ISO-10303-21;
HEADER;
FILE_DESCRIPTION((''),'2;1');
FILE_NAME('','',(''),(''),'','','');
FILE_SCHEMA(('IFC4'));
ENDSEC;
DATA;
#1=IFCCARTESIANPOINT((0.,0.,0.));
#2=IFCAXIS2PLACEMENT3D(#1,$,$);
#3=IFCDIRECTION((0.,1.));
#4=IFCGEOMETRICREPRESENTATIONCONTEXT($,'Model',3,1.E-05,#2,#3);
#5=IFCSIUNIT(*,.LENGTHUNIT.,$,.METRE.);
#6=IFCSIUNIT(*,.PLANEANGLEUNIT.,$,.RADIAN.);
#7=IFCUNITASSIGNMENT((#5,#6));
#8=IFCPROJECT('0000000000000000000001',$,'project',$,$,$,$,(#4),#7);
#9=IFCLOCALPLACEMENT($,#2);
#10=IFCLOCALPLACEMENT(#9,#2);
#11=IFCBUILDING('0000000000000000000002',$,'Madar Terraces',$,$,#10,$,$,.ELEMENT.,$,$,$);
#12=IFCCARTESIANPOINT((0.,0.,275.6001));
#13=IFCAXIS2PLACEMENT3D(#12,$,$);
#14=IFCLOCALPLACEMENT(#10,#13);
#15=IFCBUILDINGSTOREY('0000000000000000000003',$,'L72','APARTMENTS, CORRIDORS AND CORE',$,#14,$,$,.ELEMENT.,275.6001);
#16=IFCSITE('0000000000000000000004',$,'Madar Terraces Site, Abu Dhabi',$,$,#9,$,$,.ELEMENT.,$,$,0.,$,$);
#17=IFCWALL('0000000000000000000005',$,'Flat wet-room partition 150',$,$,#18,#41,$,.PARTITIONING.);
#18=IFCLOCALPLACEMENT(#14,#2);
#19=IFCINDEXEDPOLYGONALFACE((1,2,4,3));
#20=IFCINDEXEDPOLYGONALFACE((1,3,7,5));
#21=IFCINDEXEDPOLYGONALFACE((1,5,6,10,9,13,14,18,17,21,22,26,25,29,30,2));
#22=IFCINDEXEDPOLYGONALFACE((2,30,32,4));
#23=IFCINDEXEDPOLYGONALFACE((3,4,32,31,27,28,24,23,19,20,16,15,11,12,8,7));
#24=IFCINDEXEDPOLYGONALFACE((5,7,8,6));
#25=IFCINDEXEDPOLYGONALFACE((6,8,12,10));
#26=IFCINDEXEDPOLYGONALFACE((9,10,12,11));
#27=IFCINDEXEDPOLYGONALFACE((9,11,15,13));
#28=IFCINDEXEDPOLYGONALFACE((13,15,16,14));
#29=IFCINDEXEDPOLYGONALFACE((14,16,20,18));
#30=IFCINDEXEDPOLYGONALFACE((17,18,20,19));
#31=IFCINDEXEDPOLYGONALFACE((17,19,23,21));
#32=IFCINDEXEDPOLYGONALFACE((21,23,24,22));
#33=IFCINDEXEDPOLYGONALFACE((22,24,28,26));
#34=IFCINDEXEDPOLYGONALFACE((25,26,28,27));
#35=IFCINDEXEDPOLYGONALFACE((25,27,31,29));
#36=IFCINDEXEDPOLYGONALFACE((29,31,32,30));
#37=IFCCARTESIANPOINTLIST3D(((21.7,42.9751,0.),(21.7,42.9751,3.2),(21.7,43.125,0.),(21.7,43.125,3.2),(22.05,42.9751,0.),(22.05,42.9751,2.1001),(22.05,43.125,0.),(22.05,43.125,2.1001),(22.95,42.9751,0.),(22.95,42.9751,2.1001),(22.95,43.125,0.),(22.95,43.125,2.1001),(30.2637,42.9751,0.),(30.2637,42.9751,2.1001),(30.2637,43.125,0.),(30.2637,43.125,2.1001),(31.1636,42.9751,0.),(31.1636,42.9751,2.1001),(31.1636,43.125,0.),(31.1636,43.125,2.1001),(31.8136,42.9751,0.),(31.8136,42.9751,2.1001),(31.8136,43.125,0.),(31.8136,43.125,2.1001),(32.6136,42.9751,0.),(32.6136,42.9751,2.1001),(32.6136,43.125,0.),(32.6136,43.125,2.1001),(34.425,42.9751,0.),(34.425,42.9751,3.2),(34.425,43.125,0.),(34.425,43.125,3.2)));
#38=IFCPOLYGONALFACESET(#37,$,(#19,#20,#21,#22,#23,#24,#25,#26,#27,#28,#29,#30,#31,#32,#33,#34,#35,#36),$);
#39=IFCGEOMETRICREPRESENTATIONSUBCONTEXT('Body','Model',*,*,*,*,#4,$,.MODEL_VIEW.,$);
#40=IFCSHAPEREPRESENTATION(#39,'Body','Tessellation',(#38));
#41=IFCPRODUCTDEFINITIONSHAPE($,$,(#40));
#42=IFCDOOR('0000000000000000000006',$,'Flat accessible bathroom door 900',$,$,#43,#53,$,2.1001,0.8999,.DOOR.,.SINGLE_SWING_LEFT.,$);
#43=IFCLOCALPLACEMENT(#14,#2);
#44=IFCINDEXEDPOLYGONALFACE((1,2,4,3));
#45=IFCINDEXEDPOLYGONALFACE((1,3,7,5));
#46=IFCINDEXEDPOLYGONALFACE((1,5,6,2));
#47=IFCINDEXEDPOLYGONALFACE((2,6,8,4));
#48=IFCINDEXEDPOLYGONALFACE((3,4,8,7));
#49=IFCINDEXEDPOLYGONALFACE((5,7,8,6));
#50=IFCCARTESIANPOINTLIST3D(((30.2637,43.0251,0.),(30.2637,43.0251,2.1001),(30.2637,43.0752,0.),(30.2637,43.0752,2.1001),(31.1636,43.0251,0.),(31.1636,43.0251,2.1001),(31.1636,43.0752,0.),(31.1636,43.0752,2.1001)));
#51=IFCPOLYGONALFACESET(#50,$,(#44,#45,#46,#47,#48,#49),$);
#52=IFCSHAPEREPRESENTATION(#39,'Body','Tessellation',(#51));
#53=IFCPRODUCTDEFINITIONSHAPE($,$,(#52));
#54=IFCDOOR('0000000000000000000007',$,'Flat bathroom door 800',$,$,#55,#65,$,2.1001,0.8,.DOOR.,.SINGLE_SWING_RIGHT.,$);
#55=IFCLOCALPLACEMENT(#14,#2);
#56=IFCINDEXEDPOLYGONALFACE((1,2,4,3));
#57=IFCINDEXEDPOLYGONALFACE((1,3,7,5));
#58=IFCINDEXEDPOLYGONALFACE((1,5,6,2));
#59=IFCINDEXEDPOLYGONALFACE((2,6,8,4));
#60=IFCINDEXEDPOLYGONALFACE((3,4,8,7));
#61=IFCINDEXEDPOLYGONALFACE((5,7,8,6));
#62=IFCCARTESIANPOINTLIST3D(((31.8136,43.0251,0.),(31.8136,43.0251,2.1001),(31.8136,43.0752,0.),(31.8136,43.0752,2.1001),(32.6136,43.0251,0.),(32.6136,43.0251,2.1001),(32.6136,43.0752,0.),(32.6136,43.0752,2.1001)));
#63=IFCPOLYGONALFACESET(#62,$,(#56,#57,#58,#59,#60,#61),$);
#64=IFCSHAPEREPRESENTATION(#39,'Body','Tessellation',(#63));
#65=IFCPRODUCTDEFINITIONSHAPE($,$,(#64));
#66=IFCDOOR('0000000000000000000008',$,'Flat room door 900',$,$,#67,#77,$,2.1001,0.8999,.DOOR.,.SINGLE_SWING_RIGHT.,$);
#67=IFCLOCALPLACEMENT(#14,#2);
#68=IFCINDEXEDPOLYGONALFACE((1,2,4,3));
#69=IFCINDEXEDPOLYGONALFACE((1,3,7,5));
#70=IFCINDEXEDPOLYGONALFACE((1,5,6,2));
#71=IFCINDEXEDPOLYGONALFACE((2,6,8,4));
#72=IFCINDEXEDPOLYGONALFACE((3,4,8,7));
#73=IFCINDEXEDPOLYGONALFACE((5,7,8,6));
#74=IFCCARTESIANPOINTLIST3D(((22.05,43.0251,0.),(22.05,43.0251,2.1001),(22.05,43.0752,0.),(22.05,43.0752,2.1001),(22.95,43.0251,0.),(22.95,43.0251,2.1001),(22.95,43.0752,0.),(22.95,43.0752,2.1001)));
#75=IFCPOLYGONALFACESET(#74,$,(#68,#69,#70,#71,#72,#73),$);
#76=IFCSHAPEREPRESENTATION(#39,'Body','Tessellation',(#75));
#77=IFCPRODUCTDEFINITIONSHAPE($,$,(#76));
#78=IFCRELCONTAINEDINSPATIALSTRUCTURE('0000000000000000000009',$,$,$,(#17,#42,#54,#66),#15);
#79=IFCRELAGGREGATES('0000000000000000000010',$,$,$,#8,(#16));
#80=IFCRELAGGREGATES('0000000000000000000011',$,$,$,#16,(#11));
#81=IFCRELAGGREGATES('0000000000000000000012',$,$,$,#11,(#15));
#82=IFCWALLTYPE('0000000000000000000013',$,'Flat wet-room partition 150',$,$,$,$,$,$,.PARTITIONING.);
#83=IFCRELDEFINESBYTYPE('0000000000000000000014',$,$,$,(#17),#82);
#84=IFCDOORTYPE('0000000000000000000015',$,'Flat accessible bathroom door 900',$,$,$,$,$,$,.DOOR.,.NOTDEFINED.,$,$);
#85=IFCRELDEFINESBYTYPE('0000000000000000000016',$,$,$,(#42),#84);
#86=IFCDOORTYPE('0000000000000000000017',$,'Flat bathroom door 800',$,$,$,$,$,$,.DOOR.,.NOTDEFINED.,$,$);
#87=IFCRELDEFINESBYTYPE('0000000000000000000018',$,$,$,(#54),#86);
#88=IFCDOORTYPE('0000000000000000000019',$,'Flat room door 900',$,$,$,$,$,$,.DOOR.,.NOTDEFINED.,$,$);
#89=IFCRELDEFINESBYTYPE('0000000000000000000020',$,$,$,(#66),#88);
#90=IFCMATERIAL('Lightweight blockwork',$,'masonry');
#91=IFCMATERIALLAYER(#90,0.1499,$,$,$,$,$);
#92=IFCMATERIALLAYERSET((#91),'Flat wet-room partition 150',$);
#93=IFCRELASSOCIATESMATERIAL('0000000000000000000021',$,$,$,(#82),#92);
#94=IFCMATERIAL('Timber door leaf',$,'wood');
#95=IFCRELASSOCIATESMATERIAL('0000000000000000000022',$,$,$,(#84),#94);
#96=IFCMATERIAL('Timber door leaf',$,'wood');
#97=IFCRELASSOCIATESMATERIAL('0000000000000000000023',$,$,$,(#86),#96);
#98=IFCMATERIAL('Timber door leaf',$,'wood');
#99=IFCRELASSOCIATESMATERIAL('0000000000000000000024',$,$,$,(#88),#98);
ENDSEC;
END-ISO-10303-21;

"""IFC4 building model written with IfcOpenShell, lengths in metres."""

from ifc_helpers import new_model, si_unit, direction, frame, frame_2d, origin, place, context, subcontext, project, spatial, rectangle, extrude, material, layer, layer_set, type_object, element, fill, save


model = new_model("IFC4")

# Units and contexts
model_context = context("Model", 3, precision=1e-05, world=origin(), true_north=direction((0.0, 1.0)))
body_context = subcontext(model_context, "Body", "Model", "MODEL_VIEW")
ifc_project = project(units=[si_unit("LENGTHUNIT", "METRE"), si_unit("PLANEANGLEUNIT", "RADIAN")], contexts=[model_context])

# Site, building, storey
site_placement = place(None, origin())
site = spatial("IfcSite", under=ifc_project, at=site_placement, Name="Madar Terraces Site, Abu Dhabi", CompositionType="ELEMENT", RefElevation=0.0)
building_placement = place(site_placement, origin())
building = spatial("IfcBuilding", under=site, at=building_placement, Name="Madar Terraces", CompositionType="ELEMENT")
storey_placement = place(building_placement, frame((0.0, 0.0, 275.6001)))
storey = spatial("IfcBuildingStorey", under=building, at=storey_placement, Name="L72", Description="APARTMENTS, CORRIDORS AND CORE", CompositionType="ELEMENT", Elevation=275.6001)

# Shared definitions
ifc_material_1 = material(Name="Lightweight blockwork", Category="masonry")
ifc_layer_1 = layer(ifc_material_1, 0.1499)
ifc_layer_set_1 = layer_set([ifc_layer_1], Name="Flat wet-room partition 150")
wall_type_1 = type_object("IfcWallType", Name="Flat wet-room partition 150", PredefinedType="PARTITIONING", material=ifc_layer_set_1)

# Wall, openings, doors
wall_1_placement = place(storey_placement, frame((34.425, 43.05, 0.0), z_axis=(0.0, 0.0, 1.0), x_axis=(-1.0, 0.0, 0.0)))
wall_1 = element("IfcWall", 1, at=wall_1_placement, inside=storey, type_object=wall_type_1, Name="Flat wet-room partition 150", PredefinedType="PARTITIONING", context=body_context, shape_type="SweptSolid", body=[
    extrude(rectangle(XDim=12.7251, YDim=0.1499, at=frame_2d((6.3625, 0.0))), origin(), (0.0, 0.0, 1.0), 3.2),
])
opening_1_placement = place(wall_1_placement, frame((1.8115, 0.0, 0.0)))
opening_1 = element("IfcOpeningElement", 2, at=opening_1_placement, cuts=wall_1, PredefinedType="OPENING", context=body_context, shape_type="SweptSolid", body=[
    extrude(rectangle(XDim=0.8, YDim=2.1001, at=frame_2d((0.3999, 1.05))), frame((0.0, 0.085, 0.0), z_axis=(0.0, -1.0, 0.0), x_axis=(1.0, 0.0, 0.0)), (0.0, 0.0, 1.0), 0.1699),
])
opening_2_placement = place(wall_1_placement, frame((3.2615, 0.0, 0.0)))
opening_2 = element("IfcOpeningElement", 3, at=opening_2_placement, cuts=wall_1, PredefinedType="OPENING", context=body_context, shape_type="SweptSolid", body=[
    extrude(rectangle(XDim=0.8999, YDim=2.1001, at=frame_2d((0.45, 1.05))), frame((0.0, 0.085, 0.0), z_axis=(0.0, -1.0, 0.0), x_axis=(1.0, 0.0, 0.0)), (0.0, 0.0, 1.0), 0.1699),
])
opening_3_placement = place(wall_1_placement, frame((11.4751, 0.0, 0.0)))
opening_3 = element("IfcOpeningElement", 4, at=opening_3_placement, cuts=wall_1, PredefinedType="OPENING", context=body_context, shape_type="SweptSolid", body=[
    extrude(rectangle(XDim=0.8999, YDim=2.1001, at=frame_2d((0.45, 1.05))), frame((0.0, 0.085, 0.0), z_axis=(0.0, -1.0, 0.0), x_axis=(1.0, 0.0, 0.0)), (0.0, 0.0, 1.0), 0.1699),
])
ifc_material_2 = material(Name="Timber door leaf", Category="wood")
door_type_1 = type_object("IfcDoorType", Name="Flat accessible bathroom door 900", OperationType="NOTDEFINED", PredefinedType="DOOR", material=ifc_material_2)
door_1_placement = place(opening_2_placement, origin())
door_1 = element("IfcDoor", 5, at=door_1_placement, inside=storey, type_object=door_type_1, Name="Flat accessible bathroom door 900", OperationType="SINGLE_SWING_LEFT", OverallHeight=2.1001, OverallWidth=0.8999, PredefinedType="DOOR", context=body_context, shape_type="SweptSolid", body=[
    extrude(rectangle(XDim=0.8999, YDim=2.1001, at=frame_2d((0.45, 1.05))), frame((0.0, 0.0249, 0.0), z_axis=(0.0, -1.0, 0.0), x_axis=(1.0, 0.0, 0.0)), (0.0, 0.0, 1.0), 0.05),
])
fill(opening_2, door_1)
ifc_material_3 = material(Name="Timber door leaf", Category="wood")
door_type_2 = type_object("IfcDoorType", Name="Flat bathroom door 800", OperationType="NOTDEFINED", PredefinedType="DOOR", material=ifc_material_3)
door_2_placement = place(opening_1_placement, origin())
door_2 = element("IfcDoor", 6, at=door_2_placement, inside=storey, type_object=door_type_2, Name="Flat bathroom door 800", OperationType="SINGLE_SWING_RIGHT", OverallHeight=2.1001, OverallWidth=0.8, PredefinedType="DOOR", context=body_context, shape_type="SweptSolid", body=[
    extrude(rectangle(XDim=0.8, YDim=2.1001, at=frame_2d((0.3999, 1.05))), frame((0.0, 0.0249, 0.0), z_axis=(0.0, -1.0, 0.0), x_axis=(1.0, 0.0, 0.0)), (0.0, 0.0, 1.0), 0.05),
])
fill(opening_1, door_2)
ifc_material_4 = material(Name="Timber door leaf", Category="wood")
door_type_3 = type_object("IfcDoorType", Name="Flat room door 900", OperationType="NOTDEFINED", PredefinedType="DOOR", material=ifc_material_4)
door_3_placement = place(opening_3_placement, origin())
door_3 = element("IfcDoor", 7, at=door_3_placement, inside=storey, type_object=door_type_3, Name="Flat room door 900", OperationType="SINGLE_SWING_RIGHT", OverallHeight=2.1001, OverallWidth=0.8999, PredefinedType="DOOR", context=body_context, shape_type="SweptSolid", body=[
    extrude(rectangle(XDim=0.8999, YDim=2.1001, at=frame_2d((0.45, 1.05))), frame((0.0, 0.0249, 0.0), z_axis=(0.0, -1.0, 0.0), x_axis=(1.0, 0.0, 0.0)), (0.0, 0.0, 1.0), 0.05),
])
fill(opening_3, door_3)

save(model, "model.ifc")
